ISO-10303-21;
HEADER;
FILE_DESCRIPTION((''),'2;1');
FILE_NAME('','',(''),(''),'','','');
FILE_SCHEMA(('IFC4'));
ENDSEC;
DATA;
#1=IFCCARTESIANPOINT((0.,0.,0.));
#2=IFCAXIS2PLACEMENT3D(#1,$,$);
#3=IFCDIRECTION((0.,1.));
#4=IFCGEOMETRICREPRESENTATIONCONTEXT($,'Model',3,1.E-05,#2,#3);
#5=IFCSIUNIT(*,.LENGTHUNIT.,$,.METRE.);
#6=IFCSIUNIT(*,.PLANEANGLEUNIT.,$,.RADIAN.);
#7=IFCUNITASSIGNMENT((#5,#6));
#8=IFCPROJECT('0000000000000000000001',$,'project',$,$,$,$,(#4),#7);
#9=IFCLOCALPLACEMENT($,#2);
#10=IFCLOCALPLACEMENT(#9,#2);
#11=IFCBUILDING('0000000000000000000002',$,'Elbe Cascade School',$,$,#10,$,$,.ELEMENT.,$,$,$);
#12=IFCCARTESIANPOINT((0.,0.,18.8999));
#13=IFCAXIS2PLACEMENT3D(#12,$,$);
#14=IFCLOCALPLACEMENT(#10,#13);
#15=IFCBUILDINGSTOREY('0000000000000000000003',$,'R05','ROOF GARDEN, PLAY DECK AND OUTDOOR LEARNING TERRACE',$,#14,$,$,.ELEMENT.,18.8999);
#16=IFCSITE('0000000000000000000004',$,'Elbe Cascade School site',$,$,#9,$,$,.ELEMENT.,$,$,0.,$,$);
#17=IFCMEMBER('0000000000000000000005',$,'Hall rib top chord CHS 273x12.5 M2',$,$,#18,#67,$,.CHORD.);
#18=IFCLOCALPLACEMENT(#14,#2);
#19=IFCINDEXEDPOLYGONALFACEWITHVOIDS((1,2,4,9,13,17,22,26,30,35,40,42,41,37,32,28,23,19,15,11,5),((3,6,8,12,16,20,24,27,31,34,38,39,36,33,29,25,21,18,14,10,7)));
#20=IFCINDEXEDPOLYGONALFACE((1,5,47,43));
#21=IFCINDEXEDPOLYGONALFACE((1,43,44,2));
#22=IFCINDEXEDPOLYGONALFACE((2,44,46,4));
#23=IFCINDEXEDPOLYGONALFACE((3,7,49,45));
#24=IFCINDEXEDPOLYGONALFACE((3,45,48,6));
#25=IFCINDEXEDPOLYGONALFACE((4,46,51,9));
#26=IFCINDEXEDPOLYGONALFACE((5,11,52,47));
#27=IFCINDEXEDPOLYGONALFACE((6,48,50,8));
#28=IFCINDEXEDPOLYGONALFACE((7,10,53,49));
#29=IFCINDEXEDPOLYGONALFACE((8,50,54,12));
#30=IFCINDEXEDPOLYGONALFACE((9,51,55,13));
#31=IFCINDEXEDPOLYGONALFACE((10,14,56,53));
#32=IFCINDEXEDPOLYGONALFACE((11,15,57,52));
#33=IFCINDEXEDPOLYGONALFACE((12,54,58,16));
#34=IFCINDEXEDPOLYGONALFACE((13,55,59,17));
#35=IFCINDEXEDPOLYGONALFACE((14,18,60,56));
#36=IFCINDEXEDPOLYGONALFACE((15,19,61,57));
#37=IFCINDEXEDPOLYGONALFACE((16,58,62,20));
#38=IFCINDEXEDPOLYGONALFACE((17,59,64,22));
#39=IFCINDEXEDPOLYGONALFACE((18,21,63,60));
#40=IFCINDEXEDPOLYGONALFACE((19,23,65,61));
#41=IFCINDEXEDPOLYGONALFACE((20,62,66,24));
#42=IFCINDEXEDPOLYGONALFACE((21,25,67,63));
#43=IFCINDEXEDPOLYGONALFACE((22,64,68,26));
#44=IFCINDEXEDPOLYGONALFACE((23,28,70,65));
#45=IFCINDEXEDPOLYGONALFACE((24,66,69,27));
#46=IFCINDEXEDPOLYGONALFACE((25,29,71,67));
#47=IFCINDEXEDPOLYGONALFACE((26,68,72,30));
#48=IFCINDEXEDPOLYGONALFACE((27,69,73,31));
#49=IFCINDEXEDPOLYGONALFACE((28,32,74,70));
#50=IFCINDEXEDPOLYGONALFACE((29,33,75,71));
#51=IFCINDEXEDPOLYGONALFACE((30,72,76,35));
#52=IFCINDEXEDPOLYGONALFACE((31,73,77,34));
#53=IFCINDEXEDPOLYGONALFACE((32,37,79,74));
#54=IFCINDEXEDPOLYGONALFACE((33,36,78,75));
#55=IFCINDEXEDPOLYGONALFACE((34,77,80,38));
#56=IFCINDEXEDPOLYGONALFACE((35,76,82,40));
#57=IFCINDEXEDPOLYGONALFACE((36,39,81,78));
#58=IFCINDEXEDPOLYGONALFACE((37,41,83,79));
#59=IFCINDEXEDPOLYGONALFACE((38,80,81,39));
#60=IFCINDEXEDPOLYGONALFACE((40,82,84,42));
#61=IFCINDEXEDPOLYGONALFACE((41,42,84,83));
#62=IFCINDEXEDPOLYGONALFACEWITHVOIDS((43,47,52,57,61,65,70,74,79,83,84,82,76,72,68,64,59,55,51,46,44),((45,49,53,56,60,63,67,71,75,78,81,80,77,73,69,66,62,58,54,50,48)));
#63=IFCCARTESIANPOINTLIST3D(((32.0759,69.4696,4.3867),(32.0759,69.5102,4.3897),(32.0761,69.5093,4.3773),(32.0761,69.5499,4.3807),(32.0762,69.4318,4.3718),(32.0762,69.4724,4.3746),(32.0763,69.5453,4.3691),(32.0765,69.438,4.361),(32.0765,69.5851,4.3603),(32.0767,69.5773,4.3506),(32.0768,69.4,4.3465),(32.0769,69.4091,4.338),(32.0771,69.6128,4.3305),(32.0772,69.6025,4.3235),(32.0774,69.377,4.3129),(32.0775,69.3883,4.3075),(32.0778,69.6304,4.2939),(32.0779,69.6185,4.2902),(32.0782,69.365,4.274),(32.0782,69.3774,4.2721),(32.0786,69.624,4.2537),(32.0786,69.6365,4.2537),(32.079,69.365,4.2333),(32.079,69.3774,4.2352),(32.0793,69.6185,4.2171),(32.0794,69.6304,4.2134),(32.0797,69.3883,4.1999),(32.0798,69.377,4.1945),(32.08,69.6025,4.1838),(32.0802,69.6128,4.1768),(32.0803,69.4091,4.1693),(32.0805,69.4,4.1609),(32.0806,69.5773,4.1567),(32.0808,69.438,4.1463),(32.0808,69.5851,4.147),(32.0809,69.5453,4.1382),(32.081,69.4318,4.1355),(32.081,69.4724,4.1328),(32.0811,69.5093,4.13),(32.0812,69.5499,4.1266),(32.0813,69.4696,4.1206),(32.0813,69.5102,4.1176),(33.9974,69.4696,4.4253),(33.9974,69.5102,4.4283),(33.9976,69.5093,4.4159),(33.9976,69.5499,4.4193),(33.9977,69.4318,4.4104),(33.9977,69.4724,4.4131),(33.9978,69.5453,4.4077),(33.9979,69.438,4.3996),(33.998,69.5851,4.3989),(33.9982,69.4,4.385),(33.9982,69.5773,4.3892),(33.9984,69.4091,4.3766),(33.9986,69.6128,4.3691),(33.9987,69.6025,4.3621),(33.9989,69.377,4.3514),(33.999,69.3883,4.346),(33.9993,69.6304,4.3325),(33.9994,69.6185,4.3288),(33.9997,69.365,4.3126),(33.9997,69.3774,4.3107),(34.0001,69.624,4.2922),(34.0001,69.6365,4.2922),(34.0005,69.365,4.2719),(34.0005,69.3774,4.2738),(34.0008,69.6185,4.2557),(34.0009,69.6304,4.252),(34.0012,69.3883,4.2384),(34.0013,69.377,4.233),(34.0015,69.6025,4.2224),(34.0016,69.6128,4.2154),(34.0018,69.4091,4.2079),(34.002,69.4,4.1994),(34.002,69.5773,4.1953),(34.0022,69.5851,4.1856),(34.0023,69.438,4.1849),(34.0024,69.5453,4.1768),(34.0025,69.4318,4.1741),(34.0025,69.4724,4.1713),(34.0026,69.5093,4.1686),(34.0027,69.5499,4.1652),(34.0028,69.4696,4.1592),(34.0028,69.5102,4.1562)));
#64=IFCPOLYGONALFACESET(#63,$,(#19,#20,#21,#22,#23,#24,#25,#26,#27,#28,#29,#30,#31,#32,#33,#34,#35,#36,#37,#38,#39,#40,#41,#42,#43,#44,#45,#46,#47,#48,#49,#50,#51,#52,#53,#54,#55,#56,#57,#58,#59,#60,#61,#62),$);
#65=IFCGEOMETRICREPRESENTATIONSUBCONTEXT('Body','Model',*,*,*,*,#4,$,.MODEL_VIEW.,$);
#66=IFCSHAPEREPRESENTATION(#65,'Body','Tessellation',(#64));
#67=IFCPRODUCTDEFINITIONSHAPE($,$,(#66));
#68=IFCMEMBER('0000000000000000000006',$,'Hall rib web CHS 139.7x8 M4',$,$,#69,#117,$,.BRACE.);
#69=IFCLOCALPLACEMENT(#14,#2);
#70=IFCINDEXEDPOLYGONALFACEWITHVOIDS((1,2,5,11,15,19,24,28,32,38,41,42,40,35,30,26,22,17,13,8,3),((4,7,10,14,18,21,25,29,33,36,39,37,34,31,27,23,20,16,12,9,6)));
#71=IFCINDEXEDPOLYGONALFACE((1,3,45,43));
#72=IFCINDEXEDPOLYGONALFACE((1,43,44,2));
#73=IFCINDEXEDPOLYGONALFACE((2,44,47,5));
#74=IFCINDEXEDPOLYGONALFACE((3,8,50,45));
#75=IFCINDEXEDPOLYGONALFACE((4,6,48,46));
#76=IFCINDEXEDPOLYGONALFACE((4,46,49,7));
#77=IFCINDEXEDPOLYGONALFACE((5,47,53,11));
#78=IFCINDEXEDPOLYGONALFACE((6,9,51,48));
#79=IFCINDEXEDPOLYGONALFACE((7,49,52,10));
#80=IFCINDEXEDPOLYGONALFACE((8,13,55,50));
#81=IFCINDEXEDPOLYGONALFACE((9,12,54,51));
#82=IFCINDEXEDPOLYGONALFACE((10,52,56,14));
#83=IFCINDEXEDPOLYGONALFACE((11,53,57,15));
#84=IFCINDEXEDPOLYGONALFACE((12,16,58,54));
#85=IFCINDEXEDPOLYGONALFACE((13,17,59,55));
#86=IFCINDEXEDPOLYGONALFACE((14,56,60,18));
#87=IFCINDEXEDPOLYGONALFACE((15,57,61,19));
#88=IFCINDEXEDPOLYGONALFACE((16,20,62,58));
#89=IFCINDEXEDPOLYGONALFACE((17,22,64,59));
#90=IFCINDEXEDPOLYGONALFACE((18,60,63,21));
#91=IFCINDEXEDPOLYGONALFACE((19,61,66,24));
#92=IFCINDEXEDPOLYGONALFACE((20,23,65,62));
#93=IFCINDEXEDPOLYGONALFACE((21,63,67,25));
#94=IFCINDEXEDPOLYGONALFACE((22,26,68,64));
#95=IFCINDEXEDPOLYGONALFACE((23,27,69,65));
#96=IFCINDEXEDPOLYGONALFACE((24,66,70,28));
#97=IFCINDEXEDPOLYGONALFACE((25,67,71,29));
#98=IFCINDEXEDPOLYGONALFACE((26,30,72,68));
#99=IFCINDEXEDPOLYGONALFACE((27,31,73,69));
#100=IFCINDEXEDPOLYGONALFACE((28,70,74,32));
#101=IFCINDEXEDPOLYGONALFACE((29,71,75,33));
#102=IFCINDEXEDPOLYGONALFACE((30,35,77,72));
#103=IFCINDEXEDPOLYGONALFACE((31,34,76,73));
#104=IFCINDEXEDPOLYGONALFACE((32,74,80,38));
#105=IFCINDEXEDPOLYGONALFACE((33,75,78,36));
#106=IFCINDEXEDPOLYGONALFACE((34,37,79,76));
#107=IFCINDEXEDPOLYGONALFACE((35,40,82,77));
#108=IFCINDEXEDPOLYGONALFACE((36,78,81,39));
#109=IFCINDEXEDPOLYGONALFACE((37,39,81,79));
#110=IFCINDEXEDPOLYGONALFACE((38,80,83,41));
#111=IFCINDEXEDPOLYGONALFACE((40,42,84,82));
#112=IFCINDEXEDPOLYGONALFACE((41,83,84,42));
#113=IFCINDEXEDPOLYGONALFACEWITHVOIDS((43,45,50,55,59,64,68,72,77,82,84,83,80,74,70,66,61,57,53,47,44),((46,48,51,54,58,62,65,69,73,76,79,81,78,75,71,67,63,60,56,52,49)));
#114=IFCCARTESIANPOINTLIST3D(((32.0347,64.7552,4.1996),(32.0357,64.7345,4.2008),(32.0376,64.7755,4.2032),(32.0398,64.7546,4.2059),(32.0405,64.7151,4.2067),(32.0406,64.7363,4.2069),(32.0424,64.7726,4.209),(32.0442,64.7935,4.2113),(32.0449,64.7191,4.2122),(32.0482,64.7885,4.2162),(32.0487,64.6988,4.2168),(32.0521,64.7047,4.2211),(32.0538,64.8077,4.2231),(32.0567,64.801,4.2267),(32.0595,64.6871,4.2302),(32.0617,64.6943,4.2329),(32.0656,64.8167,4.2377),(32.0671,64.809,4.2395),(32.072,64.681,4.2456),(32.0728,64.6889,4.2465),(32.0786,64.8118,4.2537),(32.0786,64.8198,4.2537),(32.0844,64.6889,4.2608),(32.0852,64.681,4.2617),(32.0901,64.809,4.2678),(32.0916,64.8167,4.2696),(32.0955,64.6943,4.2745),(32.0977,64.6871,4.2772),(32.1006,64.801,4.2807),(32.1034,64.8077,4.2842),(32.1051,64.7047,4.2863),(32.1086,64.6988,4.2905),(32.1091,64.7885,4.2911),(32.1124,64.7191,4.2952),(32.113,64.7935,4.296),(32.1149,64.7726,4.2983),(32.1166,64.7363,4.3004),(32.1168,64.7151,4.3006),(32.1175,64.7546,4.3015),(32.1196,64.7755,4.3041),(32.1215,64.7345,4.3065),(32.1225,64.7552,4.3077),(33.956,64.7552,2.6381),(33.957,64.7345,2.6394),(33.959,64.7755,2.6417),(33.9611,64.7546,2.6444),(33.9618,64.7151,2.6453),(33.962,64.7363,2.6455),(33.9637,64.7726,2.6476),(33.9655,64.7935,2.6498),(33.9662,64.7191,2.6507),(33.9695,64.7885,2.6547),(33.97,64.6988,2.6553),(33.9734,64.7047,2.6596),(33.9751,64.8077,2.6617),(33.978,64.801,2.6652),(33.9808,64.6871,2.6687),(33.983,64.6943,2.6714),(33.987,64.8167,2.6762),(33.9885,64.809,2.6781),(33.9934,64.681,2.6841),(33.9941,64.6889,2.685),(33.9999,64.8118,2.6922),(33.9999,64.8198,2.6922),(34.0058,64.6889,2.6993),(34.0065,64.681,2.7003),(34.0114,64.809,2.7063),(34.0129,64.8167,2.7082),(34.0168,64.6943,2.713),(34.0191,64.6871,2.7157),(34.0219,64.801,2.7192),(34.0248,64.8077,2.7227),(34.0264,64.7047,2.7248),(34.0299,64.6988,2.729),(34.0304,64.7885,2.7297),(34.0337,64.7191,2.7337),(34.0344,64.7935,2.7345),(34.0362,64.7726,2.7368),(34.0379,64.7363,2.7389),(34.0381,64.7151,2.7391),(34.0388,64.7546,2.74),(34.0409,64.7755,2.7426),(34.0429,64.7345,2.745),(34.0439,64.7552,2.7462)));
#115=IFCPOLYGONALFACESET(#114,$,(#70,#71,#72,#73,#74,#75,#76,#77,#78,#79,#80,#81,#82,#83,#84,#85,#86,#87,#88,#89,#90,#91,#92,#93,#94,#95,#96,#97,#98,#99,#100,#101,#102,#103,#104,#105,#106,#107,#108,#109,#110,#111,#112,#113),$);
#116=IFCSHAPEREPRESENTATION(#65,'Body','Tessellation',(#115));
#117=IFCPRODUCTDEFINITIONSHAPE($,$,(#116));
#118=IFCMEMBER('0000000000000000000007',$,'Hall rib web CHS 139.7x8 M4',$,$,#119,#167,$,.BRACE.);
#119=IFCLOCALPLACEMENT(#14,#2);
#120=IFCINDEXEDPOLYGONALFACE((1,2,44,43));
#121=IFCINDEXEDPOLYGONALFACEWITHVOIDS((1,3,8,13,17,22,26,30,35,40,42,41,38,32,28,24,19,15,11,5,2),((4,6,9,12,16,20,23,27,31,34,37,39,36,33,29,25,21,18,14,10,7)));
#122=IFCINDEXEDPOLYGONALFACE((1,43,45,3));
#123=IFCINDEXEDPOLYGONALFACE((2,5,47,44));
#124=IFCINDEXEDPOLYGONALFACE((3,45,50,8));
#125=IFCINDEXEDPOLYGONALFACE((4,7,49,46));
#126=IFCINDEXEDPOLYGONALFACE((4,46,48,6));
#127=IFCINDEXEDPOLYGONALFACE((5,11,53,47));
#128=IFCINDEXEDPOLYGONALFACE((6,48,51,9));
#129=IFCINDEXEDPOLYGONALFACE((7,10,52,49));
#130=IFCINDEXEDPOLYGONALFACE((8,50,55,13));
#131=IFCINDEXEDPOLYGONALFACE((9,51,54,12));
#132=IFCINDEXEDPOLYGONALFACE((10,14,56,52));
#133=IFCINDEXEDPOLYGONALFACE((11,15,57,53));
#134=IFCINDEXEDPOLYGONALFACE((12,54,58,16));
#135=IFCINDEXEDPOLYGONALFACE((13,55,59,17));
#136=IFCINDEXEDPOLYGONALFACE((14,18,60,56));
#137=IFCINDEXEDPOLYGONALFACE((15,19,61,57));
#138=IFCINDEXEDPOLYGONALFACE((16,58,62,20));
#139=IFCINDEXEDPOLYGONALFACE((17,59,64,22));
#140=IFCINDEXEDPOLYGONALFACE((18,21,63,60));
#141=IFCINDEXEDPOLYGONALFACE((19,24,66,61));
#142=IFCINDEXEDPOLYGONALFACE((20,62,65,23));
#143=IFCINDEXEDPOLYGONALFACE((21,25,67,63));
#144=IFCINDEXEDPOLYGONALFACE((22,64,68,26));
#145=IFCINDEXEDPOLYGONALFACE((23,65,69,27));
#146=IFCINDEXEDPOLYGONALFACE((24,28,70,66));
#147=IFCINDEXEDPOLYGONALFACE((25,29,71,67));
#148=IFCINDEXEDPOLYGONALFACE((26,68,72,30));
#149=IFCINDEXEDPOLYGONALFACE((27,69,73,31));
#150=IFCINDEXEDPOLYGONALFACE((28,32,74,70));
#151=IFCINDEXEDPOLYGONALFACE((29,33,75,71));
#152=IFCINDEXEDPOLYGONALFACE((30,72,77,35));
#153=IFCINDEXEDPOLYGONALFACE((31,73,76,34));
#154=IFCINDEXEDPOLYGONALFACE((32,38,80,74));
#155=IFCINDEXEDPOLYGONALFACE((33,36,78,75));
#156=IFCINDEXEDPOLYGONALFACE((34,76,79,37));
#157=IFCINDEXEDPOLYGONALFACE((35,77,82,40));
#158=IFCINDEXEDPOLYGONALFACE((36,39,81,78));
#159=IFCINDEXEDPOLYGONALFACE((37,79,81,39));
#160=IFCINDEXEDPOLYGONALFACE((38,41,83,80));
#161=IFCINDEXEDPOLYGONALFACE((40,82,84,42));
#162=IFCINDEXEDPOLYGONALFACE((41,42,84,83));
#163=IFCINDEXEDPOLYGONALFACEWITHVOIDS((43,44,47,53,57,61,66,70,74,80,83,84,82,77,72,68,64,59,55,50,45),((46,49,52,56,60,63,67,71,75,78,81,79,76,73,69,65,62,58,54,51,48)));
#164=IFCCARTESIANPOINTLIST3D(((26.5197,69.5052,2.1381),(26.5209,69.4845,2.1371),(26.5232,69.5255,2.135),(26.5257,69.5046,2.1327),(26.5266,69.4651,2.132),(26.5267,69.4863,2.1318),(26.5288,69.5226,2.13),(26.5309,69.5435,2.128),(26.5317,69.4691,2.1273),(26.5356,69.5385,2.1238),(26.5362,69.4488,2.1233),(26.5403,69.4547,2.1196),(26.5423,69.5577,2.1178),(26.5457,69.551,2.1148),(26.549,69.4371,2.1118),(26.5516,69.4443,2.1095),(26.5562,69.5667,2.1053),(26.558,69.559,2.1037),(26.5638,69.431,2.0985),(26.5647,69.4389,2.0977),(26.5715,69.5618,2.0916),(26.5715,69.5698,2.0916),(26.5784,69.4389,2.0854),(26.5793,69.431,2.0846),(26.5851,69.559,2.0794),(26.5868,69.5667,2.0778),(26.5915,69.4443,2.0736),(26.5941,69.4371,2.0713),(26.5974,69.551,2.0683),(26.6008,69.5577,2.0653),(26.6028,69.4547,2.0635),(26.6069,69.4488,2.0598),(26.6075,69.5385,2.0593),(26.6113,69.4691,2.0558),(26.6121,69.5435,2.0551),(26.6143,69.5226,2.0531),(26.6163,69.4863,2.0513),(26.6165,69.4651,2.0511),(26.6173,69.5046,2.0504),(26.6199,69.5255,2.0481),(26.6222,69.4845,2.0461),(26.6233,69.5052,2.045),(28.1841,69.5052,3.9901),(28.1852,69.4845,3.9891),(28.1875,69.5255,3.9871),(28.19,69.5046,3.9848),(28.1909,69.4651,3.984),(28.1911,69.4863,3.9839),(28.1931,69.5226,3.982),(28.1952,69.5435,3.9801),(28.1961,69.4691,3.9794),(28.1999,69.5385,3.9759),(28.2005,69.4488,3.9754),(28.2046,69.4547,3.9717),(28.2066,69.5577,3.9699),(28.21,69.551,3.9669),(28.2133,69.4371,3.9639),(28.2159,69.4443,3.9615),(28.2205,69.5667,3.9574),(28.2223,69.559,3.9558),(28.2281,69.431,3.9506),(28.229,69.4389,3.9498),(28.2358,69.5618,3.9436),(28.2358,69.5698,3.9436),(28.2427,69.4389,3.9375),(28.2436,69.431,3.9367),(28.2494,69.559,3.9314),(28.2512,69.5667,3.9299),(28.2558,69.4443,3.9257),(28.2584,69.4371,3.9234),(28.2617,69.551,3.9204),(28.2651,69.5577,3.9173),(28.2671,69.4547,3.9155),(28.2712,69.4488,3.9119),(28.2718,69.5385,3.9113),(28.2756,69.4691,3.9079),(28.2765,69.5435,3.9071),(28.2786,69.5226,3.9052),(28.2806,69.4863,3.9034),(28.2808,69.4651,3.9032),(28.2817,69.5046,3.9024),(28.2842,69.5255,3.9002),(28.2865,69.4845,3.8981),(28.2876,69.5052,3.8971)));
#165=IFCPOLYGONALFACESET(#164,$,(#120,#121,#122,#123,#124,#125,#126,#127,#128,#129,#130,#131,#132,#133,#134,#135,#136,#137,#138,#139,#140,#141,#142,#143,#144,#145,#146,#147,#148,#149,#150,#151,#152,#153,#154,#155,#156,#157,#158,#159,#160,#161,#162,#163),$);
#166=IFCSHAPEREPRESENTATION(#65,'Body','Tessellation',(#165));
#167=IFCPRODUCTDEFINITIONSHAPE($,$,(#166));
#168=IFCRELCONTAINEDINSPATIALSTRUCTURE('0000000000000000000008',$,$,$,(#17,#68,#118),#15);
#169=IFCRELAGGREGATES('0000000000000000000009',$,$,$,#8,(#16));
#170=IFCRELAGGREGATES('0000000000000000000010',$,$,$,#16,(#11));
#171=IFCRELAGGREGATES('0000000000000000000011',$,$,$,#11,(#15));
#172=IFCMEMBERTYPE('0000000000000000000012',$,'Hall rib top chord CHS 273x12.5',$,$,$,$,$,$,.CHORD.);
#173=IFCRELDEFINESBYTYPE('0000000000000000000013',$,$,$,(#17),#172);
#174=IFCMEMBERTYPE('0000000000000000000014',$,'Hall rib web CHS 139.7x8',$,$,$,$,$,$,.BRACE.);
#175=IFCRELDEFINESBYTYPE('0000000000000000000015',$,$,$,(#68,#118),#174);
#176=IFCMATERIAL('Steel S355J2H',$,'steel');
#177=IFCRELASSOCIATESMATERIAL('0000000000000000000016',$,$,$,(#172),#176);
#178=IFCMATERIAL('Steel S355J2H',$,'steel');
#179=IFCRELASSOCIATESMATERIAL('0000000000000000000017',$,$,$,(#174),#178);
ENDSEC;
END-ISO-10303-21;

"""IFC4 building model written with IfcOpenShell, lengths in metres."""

from ifc_helpers import new_model, si_unit, direction, frame, origin, origin_2d, place, context, subcontext, project, spatial, hollow_circle, extrude, material, material_profile, profile_set, type_object, element, save


model = new_model("IFC4")

# Units and contexts
model_context = context("Model", 3, precision=1e-05, world=origin(), true_north=direction((0.0, 1.0)))
body_context = subcontext(model_context, "Body", "Model", "MODEL_VIEW")
ifc_project = project(units=[si_unit("LENGTHUNIT", "METRE"), si_unit("PLANEANGLEUNIT", "RADIAN")], contexts=[model_context])

# Site, building, storey
site_placement = place(None, origin())
site = spatial("IfcSite", under=ifc_project, at=site_placement, Name="Elbe Cascade School site", CompositionType="ELEMENT", RefElevation=0.0)
building_placement = place(site_placement, origin())
building = spatial("IfcBuilding", under=site, at=building_placement, Name="Elbe Cascade School", CompositionType="ELEMENT")
storey_placement = place(building_placement, frame((0.0, 0.0, 18.8999)))
storey = spatial("IfcBuildingStorey", under=building, at=storey_placement, Name="R05", Description="ROOF GARDEN, PLAY DECK AND OUTDOOR LEARNING TERRACE", CompositionType="ELEMENT", Elevation=18.8999)

# Members
ifc_material_1 = material(Name="Steel S355J2H", Category="steel")
ifc_material_profile_1 = material_profile(ifc_material_1, hollow_circle(Radius=0.1365, WallThickness=0.0125, at=origin_2d()), Name="CHS 273x12.5")
ifc_profile_set_1 = profile_set([ifc_material_profile_1], Name="Steel S355J2H")
member_type_1 = type_object("IfcMemberType", Name="Hall rib top chord CHS 273x12.5", PredefinedType="CHORD", material=ifc_profile_set_1)
member_1_placement = place(storey_placement, frame((32.0786, 69.5, 4.2537), z_axis=(0.999799, 0.0, 0.020072), x_axis=(0.0, 1.0, 0.0)))
element("IfcMember", 1, at=member_1_placement, inside=storey, type_object=member_type_1, Name="Hall rib top chord CHS 273x12.5 M2", PredefinedType="CHORD", context=body_context, shape_type="SweptSolid", body=[
    extrude(hollow_circle(Radius=0.1365, WallThickness=0.0125, at=origin_2d()), origin(), (0.0, 0.0, 1.0), 1.9219),
])
ifc_material_2 = material(Name="Steel S355J2H", Category="steel")
ifc_material_profile_2 = material_profile(ifc_material_2, hollow_circle(Radius=0.0698, WallThickness=0.0081, at=origin_2d()), Name="CHS 139.7x8")
ifc_profile_set_2 = profile_set([ifc_material_profile_2], Name="Steel S355J2H")
member_type_2 = type_object("IfcMemberType", Name="Hall rib web CHS 139.7x8", PredefinedType="BRACE", material=ifc_profile_set_2)
member_2_placement = place(storey_placement, frame((32.0786, 64.75, 4.2537), z_axis=(0.776036, 0.0, -0.630689), x_axis=(0.0, 1.0, 0.0)))
element("IfcMember", 2, at=member_2_placement, inside=storey, type_object=member_type_2, Name="Hall rib web CHS 139.7x8 M4", PredefinedType="BRACE", context=body_context, shape_type="SweptSolid", body=[
    extrude(hollow_circle(Radius=0.0698, WallThickness=0.0081, at=origin_2d()), origin(), (0.0, 0.0, 1.0), 2.4758),
])
member_3_placement = place(storey_placement, frame((26.5715, 69.5, 2.0916), z_axis=(0.668401, 0.0, 0.743801), x_axis=(0.0, 1.0, 0.0)))
element("IfcMember", 3, at=member_3_placement, inside=storey, type_object=member_type_2, Name="Hall rib web CHS 139.7x8 M4", PredefinedType="BRACE", context=body_context, shape_type="SweptSolid", body=[
    extrude(hollow_circle(Radius=0.0698, WallThickness=0.0081, at=origin_2d()), origin(), (0.0, 0.0, 1.0), 2.49),
])

save(model, "model.ifc")
